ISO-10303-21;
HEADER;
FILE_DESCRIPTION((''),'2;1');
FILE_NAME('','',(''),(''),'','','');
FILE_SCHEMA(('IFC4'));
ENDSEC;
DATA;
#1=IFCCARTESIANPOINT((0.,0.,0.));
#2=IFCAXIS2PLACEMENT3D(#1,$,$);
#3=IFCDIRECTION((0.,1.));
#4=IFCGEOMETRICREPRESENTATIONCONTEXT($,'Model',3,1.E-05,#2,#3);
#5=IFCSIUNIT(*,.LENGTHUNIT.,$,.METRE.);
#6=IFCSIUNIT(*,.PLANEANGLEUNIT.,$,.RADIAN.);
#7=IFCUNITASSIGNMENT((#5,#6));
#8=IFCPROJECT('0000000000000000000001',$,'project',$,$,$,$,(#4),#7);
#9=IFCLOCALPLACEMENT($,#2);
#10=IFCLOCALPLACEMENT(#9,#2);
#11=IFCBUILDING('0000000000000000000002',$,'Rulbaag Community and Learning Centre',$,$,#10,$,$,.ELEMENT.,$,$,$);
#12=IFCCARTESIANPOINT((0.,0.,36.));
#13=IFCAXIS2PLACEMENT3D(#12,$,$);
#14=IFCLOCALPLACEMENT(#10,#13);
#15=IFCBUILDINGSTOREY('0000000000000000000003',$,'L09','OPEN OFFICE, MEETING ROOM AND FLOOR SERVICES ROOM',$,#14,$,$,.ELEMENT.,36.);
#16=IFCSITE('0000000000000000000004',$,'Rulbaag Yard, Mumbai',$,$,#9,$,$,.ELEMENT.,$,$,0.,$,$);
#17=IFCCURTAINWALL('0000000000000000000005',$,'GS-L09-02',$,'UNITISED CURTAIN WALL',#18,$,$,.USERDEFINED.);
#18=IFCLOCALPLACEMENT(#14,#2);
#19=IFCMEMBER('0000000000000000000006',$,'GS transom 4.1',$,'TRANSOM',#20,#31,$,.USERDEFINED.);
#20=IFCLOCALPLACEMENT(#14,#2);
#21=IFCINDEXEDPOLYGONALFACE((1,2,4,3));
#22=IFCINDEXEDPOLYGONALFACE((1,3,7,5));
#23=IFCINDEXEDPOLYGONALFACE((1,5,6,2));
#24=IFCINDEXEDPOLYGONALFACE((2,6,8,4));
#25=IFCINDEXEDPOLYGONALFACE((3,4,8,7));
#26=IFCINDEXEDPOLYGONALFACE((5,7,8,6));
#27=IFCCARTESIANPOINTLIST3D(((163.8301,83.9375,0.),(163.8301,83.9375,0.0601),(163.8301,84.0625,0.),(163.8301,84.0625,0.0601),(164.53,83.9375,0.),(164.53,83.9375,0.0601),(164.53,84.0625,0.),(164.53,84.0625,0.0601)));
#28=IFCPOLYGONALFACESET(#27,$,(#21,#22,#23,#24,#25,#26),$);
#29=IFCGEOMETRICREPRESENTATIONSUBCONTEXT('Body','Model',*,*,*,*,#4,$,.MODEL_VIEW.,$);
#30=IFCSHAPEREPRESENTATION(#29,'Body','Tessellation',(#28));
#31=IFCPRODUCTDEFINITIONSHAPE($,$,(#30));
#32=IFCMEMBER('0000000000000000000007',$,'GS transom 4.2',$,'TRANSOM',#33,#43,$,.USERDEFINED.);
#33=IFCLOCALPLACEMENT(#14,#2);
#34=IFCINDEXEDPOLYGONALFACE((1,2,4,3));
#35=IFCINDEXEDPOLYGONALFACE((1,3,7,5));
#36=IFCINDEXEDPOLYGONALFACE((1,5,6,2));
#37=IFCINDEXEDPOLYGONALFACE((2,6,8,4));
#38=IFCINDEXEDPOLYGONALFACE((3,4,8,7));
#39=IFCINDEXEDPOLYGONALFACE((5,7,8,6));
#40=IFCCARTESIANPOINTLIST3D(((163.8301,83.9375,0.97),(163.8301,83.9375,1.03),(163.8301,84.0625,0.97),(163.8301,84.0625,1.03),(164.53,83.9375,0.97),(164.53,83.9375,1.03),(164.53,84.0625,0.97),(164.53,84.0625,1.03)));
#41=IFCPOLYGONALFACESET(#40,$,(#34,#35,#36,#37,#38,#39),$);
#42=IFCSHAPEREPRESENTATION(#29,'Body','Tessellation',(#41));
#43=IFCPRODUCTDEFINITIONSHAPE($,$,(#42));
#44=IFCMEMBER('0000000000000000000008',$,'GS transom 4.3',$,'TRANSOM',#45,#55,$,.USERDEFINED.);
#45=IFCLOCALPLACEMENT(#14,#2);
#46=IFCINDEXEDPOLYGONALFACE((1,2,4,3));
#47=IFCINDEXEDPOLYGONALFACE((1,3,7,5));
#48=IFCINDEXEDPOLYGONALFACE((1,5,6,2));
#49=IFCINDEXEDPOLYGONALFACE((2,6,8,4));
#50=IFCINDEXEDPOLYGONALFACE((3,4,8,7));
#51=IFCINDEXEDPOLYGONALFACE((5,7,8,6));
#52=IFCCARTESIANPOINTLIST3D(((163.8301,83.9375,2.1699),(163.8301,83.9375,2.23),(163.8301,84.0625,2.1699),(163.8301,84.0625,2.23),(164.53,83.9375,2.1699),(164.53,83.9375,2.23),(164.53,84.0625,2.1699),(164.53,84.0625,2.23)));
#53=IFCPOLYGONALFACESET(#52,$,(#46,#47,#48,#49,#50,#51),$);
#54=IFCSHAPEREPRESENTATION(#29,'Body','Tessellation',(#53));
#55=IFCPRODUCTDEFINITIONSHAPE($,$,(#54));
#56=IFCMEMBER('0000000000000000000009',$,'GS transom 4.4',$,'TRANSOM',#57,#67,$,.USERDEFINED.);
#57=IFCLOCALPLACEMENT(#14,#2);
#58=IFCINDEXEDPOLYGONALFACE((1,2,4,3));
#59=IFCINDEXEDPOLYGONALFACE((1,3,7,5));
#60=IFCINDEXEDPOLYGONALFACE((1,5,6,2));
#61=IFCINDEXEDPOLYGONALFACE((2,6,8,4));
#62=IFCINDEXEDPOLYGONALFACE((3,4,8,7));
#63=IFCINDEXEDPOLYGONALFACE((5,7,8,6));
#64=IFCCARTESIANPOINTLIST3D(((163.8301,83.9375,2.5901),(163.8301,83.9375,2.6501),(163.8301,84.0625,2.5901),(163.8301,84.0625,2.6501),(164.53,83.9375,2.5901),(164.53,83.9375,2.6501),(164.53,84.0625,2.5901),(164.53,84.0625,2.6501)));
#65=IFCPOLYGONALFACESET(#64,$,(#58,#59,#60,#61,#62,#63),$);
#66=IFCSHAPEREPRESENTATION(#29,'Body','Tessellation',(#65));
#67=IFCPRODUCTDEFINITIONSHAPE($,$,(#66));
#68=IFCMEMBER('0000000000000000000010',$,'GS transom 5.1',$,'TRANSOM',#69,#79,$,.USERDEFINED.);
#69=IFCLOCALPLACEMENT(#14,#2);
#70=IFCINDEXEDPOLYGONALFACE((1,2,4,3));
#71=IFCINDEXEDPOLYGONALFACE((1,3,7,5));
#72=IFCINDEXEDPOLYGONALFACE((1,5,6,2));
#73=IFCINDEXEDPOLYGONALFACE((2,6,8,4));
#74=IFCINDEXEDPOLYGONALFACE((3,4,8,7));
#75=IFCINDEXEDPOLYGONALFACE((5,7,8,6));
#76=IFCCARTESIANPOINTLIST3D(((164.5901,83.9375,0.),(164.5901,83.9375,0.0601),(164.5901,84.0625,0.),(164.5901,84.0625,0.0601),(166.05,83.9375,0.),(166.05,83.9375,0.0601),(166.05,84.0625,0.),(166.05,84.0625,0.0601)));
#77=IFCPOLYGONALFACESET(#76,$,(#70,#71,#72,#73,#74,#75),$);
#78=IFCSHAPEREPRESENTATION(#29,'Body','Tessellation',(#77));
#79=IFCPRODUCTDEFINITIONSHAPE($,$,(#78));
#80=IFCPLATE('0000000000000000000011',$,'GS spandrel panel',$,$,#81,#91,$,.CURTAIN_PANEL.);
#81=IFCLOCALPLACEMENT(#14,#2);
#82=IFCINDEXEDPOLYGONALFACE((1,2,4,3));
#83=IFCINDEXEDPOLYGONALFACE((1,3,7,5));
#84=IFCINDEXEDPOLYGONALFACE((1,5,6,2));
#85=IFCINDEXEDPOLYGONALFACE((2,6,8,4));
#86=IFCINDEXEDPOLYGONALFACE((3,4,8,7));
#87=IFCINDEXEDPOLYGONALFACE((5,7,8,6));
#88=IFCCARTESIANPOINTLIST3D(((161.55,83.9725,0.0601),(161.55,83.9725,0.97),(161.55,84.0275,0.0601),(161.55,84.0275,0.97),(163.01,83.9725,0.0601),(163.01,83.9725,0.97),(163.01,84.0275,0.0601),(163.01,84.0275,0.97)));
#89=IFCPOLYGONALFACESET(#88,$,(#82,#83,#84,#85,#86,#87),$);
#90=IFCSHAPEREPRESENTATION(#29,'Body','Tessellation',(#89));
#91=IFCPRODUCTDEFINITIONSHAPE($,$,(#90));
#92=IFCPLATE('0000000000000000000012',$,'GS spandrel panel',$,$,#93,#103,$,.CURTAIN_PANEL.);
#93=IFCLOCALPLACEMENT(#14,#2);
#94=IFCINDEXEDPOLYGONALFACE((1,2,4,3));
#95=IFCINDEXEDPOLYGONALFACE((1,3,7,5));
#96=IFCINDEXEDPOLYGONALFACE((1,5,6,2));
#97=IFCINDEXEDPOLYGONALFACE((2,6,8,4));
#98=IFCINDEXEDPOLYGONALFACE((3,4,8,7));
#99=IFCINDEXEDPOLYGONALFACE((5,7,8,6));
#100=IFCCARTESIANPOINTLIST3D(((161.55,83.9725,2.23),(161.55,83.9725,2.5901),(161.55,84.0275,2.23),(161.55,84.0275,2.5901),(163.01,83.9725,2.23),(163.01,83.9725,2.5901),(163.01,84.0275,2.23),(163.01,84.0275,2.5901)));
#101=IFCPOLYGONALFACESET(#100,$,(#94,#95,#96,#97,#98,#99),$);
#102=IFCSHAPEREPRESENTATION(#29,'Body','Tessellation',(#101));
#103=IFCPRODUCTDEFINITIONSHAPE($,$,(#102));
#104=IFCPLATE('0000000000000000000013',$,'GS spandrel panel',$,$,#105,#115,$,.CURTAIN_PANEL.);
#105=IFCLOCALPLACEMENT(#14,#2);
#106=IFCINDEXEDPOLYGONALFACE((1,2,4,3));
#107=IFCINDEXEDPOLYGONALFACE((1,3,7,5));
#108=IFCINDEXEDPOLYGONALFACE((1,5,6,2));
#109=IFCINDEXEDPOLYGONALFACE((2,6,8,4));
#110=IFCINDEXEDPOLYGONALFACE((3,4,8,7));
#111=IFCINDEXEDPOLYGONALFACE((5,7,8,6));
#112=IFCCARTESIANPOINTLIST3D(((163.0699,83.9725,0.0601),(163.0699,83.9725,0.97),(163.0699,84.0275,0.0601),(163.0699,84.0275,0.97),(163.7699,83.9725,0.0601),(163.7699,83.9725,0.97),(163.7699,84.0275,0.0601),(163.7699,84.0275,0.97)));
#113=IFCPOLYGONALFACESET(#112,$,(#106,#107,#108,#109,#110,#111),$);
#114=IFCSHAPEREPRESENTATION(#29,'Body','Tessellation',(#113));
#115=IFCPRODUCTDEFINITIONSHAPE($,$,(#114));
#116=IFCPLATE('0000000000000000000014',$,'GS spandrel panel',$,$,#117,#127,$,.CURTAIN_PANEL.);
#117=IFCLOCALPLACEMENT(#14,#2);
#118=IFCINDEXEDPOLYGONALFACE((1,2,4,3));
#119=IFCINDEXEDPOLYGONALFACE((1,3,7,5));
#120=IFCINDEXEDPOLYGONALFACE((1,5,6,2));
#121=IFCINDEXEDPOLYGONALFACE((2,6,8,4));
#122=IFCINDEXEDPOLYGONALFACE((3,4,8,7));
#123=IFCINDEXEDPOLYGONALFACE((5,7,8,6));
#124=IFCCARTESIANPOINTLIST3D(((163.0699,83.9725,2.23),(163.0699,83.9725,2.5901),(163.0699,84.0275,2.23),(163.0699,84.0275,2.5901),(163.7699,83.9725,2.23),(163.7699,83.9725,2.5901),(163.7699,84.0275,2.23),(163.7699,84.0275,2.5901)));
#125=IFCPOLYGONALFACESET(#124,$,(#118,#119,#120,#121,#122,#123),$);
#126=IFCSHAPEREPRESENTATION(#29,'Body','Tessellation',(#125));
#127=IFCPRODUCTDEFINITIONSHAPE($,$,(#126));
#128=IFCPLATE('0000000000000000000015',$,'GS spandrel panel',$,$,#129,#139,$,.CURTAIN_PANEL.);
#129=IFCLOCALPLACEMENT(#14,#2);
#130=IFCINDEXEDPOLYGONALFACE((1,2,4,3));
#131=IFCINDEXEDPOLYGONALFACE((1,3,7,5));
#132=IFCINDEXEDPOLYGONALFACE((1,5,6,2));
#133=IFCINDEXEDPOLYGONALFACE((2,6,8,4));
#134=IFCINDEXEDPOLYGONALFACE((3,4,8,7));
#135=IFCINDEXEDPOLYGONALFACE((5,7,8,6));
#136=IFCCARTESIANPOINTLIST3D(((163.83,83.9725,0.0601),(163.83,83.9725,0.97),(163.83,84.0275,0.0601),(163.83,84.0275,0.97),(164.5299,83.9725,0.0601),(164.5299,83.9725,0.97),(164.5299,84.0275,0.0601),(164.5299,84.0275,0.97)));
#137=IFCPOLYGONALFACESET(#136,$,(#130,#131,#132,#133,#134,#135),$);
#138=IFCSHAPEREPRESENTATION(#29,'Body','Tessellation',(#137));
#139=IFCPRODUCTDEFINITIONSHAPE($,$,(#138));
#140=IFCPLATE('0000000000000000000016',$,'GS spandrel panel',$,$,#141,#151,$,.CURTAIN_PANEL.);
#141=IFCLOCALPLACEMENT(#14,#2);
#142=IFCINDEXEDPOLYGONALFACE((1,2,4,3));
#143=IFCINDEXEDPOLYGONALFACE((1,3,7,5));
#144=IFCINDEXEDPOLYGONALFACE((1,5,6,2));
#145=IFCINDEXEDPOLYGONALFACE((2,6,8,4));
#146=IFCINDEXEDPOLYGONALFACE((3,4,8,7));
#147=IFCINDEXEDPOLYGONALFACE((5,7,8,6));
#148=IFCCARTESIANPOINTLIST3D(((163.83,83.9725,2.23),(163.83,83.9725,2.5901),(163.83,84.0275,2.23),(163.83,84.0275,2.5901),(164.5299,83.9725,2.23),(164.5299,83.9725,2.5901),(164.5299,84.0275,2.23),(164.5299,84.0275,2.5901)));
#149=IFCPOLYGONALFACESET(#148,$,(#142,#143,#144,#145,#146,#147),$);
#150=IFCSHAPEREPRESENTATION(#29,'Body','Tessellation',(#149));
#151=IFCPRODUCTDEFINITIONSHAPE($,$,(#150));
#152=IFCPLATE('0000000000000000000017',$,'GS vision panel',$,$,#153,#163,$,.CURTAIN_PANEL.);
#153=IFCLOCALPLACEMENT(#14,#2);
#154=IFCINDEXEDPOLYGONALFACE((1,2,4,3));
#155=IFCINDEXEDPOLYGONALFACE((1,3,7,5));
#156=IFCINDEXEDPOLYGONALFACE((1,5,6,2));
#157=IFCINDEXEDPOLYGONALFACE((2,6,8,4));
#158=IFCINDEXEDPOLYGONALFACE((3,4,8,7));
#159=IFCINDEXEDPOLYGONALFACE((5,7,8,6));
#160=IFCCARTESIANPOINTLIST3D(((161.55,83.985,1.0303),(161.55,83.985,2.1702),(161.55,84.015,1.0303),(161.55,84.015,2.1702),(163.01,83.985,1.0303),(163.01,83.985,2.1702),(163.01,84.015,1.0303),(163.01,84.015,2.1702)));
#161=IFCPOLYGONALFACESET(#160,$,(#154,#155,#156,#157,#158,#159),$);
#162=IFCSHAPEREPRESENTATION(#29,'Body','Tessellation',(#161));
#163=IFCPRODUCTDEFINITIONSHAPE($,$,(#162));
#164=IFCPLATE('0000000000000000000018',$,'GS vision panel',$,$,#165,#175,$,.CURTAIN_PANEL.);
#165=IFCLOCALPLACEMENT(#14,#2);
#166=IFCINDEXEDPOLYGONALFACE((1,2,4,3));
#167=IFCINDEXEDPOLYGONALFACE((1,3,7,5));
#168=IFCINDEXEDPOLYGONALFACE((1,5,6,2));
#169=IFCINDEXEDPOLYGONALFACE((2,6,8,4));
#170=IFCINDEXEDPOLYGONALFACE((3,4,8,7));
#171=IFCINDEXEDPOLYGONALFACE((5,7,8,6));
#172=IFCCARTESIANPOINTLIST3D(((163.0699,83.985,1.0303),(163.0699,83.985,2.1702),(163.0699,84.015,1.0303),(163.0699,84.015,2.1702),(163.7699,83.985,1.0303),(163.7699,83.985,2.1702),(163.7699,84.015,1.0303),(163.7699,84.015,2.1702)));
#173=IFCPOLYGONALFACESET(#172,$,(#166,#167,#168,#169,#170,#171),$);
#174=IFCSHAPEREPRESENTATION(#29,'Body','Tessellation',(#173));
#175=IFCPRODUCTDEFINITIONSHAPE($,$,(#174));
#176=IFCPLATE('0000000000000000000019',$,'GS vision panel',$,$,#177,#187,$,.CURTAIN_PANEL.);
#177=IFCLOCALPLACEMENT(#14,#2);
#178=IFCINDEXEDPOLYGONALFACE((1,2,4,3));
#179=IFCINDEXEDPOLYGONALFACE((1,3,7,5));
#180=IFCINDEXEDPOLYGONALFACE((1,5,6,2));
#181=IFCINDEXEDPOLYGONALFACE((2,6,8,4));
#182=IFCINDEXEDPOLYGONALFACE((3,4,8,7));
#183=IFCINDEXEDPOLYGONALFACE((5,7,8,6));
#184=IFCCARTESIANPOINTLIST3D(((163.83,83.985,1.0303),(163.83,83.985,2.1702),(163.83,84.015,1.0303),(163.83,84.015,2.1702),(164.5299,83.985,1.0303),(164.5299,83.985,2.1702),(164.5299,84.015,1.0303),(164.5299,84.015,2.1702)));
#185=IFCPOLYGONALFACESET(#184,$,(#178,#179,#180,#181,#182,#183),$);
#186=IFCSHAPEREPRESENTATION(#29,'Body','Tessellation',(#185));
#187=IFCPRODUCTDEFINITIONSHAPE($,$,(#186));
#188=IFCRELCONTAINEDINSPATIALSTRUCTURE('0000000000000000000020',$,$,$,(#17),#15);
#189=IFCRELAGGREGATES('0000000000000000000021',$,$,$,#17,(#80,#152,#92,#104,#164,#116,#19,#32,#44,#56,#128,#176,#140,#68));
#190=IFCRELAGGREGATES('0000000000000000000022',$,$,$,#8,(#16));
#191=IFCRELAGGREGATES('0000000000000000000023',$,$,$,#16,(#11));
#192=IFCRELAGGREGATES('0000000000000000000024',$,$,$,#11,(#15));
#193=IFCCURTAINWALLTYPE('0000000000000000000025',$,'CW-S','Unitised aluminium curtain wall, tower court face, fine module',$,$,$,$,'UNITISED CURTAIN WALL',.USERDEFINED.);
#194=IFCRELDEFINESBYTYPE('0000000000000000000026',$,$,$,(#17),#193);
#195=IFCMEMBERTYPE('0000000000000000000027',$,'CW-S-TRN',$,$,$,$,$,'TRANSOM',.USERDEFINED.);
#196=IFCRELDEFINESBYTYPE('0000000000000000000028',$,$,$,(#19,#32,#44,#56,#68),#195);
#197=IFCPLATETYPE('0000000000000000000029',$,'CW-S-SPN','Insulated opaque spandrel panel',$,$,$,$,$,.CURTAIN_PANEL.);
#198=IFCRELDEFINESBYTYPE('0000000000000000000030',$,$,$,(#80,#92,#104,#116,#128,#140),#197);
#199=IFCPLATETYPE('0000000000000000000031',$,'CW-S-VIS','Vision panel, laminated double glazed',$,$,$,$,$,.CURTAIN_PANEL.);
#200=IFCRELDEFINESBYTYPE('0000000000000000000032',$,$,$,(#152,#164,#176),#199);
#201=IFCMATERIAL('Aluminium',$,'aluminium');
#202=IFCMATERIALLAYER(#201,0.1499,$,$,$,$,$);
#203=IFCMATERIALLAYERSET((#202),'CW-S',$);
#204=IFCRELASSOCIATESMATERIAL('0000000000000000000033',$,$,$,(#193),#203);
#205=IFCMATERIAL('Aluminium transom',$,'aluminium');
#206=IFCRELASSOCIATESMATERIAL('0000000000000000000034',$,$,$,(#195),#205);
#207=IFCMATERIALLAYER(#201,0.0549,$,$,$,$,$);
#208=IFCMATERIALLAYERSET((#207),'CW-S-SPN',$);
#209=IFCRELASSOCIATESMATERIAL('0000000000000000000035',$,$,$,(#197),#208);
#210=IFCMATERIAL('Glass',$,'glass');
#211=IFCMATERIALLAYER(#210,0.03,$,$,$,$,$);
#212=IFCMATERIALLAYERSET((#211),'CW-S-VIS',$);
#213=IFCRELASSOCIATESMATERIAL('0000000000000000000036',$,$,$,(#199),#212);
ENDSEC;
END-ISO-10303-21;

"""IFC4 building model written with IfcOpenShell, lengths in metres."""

from ifc_helpers import new_model, si_unit, direction, frame, origin, origin_2d, place, context, subcontext, project, spatial, rectangle, extrude, material, layer, layer_set, material_profile, profile_set, type_object, element, aggregate, save


model = new_model("IFC4")

# Units and contexts
model_context = context("Model", 3, precision=1e-05, world=origin(), true_north=direction((0.0, 1.0)))
body_context = subcontext(model_context, "Body", "Model", "MODEL_VIEW")
ifc_project = project(units=[si_unit("LENGTHUNIT", "METRE"), si_unit("PLANEANGLEUNIT", "RADIAN")], contexts=[model_context])

# Site, building, storey
site_placement = place(None, origin())
site = spatial("IfcSite", under=ifc_project, at=site_placement, Name="Rulbaag Yard, Mumbai", CompositionType="ELEMENT", RefElevation=0.0)
building_placement = place(site_placement, origin())
building = spatial("IfcBuilding", under=site, at=building_placement, Name="Rulbaag Community and Learning Centre", CompositionType="ELEMENT")
storey_placement = place(building_placement, frame((0.0, 0.0, 36.0)))
storey = spatial("IfcBuildingStorey", under=building, at=storey_placement, Name="L09", Description="OPEN OFFICE, MEETING ROOM AND FLOOR SERVICES ROOM", CompositionType="ELEMENT", Elevation=36.0)

# Curtain wall, members, plates
ifc_material_1 = material(Name="Aluminium", Category="aluminium")
ifc_layer_1 = layer(ifc_material_1, 0.1499)
ifc_layer_set_1 = layer_set([ifc_layer_1], Name="CW-S")
curtain_wall_type = type_object("IfcCurtainWallType", Name="CW-S", Description="Unitised aluminium curtain wall, tower court face, fine module", ElementType="UNITISED CURTAIN WALL", PredefinedType="USERDEFINED", material=ifc_layer_set_1)
curtain_wall_placement = place(storey_placement, origin())
curtain_wall = element("IfcCurtainWall", 1, at=curtain_wall_placement, inside=storey, type_object=curtain_wall_type, Name="GS-L09-02", ObjectType="UNITISED CURTAIN WALL", PredefinedType="USERDEFINED")
ifc_material_2 = material(Name="Aluminium transom", Category="aluminium")
ifc_material_profile_1 = material_profile(ifc_material_2, rectangle(XDim=0.125, YDim=0.0601, at=origin_2d()), Name="AL 60x125 T")
ifc_profile_set_1 = profile_set([ifc_material_profile_1], Name="Aluminium transom")
member_type_1 = type_object("IfcMemberType", Name="CW-S-TRN", ElementType="TRANSOM", PredefinedType="USERDEFINED", material=ifc_profile_set_1)
member_1_placement = place(storey_placement, frame((163.8301, 84.0, 0.03), z_axis=(1.0, 0.0, 0.0), x_axis=(0.0, 1.0, 0.0)))
member_1 = element("IfcMember", 2, at=member_1_placement, type_object=member_type_1, Name="GS transom 4.1", ObjectType="TRANSOM", PredefinedType="USERDEFINED", context=body_context, shape_type="SweptSolid", body=[
    extrude(rectangle(XDim=0.125, YDim=0.0601, at=origin_2d()), origin(), (0.0, 0.0, 1.0), 0.7),
])
member_2_placement = place(storey_placement, frame((163.8301, 84.0, 1.0), z_axis=(1.0, 0.0, 0.0), x_axis=(0.0, 1.0, 0.0)))
member_2 = element("IfcMember", 3, at=member_2_placement, type_object=member_type_1, Name="GS transom 4.2", ObjectType="TRANSOM", PredefinedType="USERDEFINED", context=body_context, shape_type="SweptSolid", body=[
    extrude(rectangle(XDim=0.125, YDim=0.0601, at=origin_2d()), origin(), (0.0, 0.0, 1.0), 0.7),
])
member_3_placement = place(storey_placement, frame((163.8301, 84.0, 2.2), z_axis=(1.0, 0.0, 0.0), x_axis=(0.0, 1.0, 0.0)))
member_3 = element("IfcMember", 4, at=member_3_placement, type_object=member_type_1, Name="GS transom 4.3", ObjectType="TRANSOM", PredefinedType="USERDEFINED", context=body_context, shape_type="SweptSolid", body=[
    extrude(rectangle(XDim=0.125, YDim=0.0601, at=origin_2d()), origin(), (0.0, 0.0, 1.0), 0.7),
])
member_4_placement = place(storey_placement, frame((163.8301, 84.0, 2.6201), z_axis=(1.0, 0.0, 0.0), x_axis=(0.0, 1.0, 0.0)))
member_4 = element("IfcMember", 5, at=member_4_placement, type_object=member_type_1, Name="GS transom 4.4", ObjectType="TRANSOM", PredefinedType="USERDEFINED", context=body_context, shape_type="SweptSolid", body=[
    extrude(rectangle(XDim=0.125, YDim=0.0601, at=origin_2d()), origin(), (0.0, 0.0, 1.0), 0.7),
])
member_5_placement = place(storey_placement, frame((164.5901, 84.0, 0.03), z_axis=(1.0, 0.0, 0.0), x_axis=(0.0, 1.0, 0.0)))
member_5 = element("IfcMember", 6, at=member_5_placement, type_object=member_type_1, Name="GS transom 5.1", ObjectType="TRANSOM", PredefinedType="USERDEFINED", context=body_context, shape_type="SweptSolid", body=[
    extrude(rectangle(XDim=0.125, YDim=0.0601, at=origin_2d()), origin(), (0.0, 0.0, 1.0), 1.46),
])
ifc_layer_2 = layer(ifc_material_1, 0.0549)
ifc_layer_set_2 = layer_set([ifc_layer_2], Name="CW-S-SPN")
plate_type_1 = type_object("IfcPlateType", Name="CW-S-SPN", Description="Insulated opaque spandrel panel", PredefinedType="CURTAIN_PANEL", material=ifc_layer_set_2)
plate_1_placement = place(storey_placement, frame((162.28, 84.0, 0.0601), z_axis=(0.0, 0.0, 1.0), x_axis=(1.0, 0.0, 0.0)))
plate_1 = element("IfcPlate", 7, at=plate_1_placement, type_object=plate_type_1, Name="GS spandrel panel", PredefinedType="CURTAIN_PANEL", context=body_context, shape_type="SweptSolid", body=[
    extrude(rectangle(XDim=1.46, YDim=0.0549, at=origin_2d()), origin(), (0.0, 0.0, 1.0), 0.9099),
])
plate_2_placement = place(storey_placement, frame((162.28, 84.0, 2.23), z_axis=(0.0, 0.0, 1.0), x_axis=(1.0, 0.0, 0.0)))
plate_2 = element("IfcPlate", 8, at=plate_2_placement, type_object=plate_type_1, Name="GS spandrel panel", PredefinedType="CURTAIN_PANEL", context=body_context, shape_type="SweptSolid", body=[
    extrude(rectangle(XDim=1.46, YDim=0.0549, at=origin_2d()), origin(), (0.0, 0.0, 1.0), 0.3601),
])
plate_3_placement = place(storey_placement, frame((163.4199, 84.0, 0.0601), z_axis=(0.0, 0.0, 1.0), x_axis=(1.0, 0.0, 0.0)))
plate_3 = element("IfcPlate", 9, at=plate_3_placement, type_object=plate_type_1, Name="GS spandrel panel", PredefinedType="CURTAIN_PANEL", context=body_context, shape_type="SweptSolid", body=[
    extrude(rectangle(XDim=0.7, YDim=0.0549, at=origin_2d()), origin(), (0.0, 0.0, 1.0), 0.9099),
])
plate_4_placement = place(storey_placement, frame((163.4199, 84.0, 2.23), z_axis=(0.0, 0.0, 1.0), x_axis=(1.0, 0.0, 0.0)))
plate_4 = element("IfcPlate", 10, at=plate_4_placement, type_object=plate_type_1, Name="GS spandrel panel", PredefinedType="CURTAIN_PANEL", context=body_context, shape_type="SweptSolid", body=[
    extrude(rectangle(XDim=0.7, YDim=0.0549, at=origin_2d()), origin(), (0.0, 0.0, 1.0), 0.3601),
])
plate_5_placement = place(storey_placement, frame((164.1799, 84.0, 0.0601), z_axis=(0.0, 0.0, 1.0), x_axis=(1.0, 0.0, 0.0)))
plate_5 = element("IfcPlate", 11, at=plate_5_placement, type_object=plate_type_1, Name="GS spandrel panel", PredefinedType="CURTAIN_PANEL", context=body_context, shape_type="SweptSolid", body=[
    extrude(rectangle(XDim=0.7, YDim=0.0549, at=origin_2d()), origin(), (0.0, 0.0, 1.0), 0.9099),
])
plate_6_placement = place(storey_placement, frame((164.1799, 84.0, 2.23), z_axis=(0.0, 0.0, 1.0), x_axis=(1.0, 0.0, 0.0)))
plate_6 = element("IfcPlate", 12, at=plate_6_placement, type_object=plate_type_1, Name="GS spandrel panel", PredefinedType="CURTAIN_PANEL", context=body_context, shape_type="SweptSolid", body=[
    extrude(rectangle(XDim=0.7, YDim=0.0549, at=origin_2d()), origin(), (0.0, 0.0, 1.0), 0.3601),
])
ifc_material_3 = material(Name="Glass", Category="glass")
ifc_layer_3 = layer(ifc_material_3, 0.03)
ifc_layer_set_3 = layer_set([ifc_layer_3], Name="CW-S-VIS")
plate_type_2 = type_object("IfcPlateType", Name="CW-S-VIS", Description="Vision panel, laminated double glazed", PredefinedType="CURTAIN_PANEL", material=ifc_layer_set_3)
plate_7_placement = place(storey_placement, frame((162.28, 84.0, 1.0303), z_axis=(0.0, 0.0, 1.0), x_axis=(1.0, 0.0, 0.0)))
plate_7 = element("IfcPlate", 13, at=plate_7_placement, type_object=plate_type_2, Name="GS vision panel", PredefinedType="CURTAIN_PANEL", context=body_context, shape_type="SweptSolid", body=[
    extrude(rectangle(XDim=1.46, YDim=0.03, at=origin_2d()), origin(), (0.0, 0.0, 1.0), 1.1399),
])
plate_8_placement = place(storey_placement, frame((163.4199, 84.0, 1.0303), z_axis=(0.0, 0.0, 1.0), x_axis=(1.0, 0.0, 0.0)))
plate_8 = element("IfcPlate", 14, at=plate_8_placement, type_object=plate_type_2, Name="GS vision panel", PredefinedType="CURTAIN_PANEL", context=body_context, shape_type="SweptSolid", body=[
    extrude(rectangle(XDim=0.7, YDim=0.03, at=origin_2d()), origin(), (0.0, 0.0, 1.0), 1.1399),
])
plate_9_placement = place(storey_placement, frame((164.1799, 84.0, 1.0303), z_axis=(0.0, 0.0, 1.0), x_axis=(1.0, 0.0, 0.0)))
plate_9 = element("IfcPlate", 15, at=plate_9_placement, type_object=plate_type_2, Name="GS vision panel", PredefinedType="CURTAIN_PANEL", context=body_context, shape_type="SweptSolid", body=[
    extrude(rectangle(XDim=0.7, YDim=0.03, at=origin_2d()), origin(), (0.0, 0.0, 1.0), 1.1399),
])
aggregate(curtain_wall, [plate_1, plate_7, plate_2, plate_3, plate_8, plate_4, member_1, member_2, member_3, member_4, plate_5, plate_9, plate_6, member_5])

save(model, "model.ifc")
